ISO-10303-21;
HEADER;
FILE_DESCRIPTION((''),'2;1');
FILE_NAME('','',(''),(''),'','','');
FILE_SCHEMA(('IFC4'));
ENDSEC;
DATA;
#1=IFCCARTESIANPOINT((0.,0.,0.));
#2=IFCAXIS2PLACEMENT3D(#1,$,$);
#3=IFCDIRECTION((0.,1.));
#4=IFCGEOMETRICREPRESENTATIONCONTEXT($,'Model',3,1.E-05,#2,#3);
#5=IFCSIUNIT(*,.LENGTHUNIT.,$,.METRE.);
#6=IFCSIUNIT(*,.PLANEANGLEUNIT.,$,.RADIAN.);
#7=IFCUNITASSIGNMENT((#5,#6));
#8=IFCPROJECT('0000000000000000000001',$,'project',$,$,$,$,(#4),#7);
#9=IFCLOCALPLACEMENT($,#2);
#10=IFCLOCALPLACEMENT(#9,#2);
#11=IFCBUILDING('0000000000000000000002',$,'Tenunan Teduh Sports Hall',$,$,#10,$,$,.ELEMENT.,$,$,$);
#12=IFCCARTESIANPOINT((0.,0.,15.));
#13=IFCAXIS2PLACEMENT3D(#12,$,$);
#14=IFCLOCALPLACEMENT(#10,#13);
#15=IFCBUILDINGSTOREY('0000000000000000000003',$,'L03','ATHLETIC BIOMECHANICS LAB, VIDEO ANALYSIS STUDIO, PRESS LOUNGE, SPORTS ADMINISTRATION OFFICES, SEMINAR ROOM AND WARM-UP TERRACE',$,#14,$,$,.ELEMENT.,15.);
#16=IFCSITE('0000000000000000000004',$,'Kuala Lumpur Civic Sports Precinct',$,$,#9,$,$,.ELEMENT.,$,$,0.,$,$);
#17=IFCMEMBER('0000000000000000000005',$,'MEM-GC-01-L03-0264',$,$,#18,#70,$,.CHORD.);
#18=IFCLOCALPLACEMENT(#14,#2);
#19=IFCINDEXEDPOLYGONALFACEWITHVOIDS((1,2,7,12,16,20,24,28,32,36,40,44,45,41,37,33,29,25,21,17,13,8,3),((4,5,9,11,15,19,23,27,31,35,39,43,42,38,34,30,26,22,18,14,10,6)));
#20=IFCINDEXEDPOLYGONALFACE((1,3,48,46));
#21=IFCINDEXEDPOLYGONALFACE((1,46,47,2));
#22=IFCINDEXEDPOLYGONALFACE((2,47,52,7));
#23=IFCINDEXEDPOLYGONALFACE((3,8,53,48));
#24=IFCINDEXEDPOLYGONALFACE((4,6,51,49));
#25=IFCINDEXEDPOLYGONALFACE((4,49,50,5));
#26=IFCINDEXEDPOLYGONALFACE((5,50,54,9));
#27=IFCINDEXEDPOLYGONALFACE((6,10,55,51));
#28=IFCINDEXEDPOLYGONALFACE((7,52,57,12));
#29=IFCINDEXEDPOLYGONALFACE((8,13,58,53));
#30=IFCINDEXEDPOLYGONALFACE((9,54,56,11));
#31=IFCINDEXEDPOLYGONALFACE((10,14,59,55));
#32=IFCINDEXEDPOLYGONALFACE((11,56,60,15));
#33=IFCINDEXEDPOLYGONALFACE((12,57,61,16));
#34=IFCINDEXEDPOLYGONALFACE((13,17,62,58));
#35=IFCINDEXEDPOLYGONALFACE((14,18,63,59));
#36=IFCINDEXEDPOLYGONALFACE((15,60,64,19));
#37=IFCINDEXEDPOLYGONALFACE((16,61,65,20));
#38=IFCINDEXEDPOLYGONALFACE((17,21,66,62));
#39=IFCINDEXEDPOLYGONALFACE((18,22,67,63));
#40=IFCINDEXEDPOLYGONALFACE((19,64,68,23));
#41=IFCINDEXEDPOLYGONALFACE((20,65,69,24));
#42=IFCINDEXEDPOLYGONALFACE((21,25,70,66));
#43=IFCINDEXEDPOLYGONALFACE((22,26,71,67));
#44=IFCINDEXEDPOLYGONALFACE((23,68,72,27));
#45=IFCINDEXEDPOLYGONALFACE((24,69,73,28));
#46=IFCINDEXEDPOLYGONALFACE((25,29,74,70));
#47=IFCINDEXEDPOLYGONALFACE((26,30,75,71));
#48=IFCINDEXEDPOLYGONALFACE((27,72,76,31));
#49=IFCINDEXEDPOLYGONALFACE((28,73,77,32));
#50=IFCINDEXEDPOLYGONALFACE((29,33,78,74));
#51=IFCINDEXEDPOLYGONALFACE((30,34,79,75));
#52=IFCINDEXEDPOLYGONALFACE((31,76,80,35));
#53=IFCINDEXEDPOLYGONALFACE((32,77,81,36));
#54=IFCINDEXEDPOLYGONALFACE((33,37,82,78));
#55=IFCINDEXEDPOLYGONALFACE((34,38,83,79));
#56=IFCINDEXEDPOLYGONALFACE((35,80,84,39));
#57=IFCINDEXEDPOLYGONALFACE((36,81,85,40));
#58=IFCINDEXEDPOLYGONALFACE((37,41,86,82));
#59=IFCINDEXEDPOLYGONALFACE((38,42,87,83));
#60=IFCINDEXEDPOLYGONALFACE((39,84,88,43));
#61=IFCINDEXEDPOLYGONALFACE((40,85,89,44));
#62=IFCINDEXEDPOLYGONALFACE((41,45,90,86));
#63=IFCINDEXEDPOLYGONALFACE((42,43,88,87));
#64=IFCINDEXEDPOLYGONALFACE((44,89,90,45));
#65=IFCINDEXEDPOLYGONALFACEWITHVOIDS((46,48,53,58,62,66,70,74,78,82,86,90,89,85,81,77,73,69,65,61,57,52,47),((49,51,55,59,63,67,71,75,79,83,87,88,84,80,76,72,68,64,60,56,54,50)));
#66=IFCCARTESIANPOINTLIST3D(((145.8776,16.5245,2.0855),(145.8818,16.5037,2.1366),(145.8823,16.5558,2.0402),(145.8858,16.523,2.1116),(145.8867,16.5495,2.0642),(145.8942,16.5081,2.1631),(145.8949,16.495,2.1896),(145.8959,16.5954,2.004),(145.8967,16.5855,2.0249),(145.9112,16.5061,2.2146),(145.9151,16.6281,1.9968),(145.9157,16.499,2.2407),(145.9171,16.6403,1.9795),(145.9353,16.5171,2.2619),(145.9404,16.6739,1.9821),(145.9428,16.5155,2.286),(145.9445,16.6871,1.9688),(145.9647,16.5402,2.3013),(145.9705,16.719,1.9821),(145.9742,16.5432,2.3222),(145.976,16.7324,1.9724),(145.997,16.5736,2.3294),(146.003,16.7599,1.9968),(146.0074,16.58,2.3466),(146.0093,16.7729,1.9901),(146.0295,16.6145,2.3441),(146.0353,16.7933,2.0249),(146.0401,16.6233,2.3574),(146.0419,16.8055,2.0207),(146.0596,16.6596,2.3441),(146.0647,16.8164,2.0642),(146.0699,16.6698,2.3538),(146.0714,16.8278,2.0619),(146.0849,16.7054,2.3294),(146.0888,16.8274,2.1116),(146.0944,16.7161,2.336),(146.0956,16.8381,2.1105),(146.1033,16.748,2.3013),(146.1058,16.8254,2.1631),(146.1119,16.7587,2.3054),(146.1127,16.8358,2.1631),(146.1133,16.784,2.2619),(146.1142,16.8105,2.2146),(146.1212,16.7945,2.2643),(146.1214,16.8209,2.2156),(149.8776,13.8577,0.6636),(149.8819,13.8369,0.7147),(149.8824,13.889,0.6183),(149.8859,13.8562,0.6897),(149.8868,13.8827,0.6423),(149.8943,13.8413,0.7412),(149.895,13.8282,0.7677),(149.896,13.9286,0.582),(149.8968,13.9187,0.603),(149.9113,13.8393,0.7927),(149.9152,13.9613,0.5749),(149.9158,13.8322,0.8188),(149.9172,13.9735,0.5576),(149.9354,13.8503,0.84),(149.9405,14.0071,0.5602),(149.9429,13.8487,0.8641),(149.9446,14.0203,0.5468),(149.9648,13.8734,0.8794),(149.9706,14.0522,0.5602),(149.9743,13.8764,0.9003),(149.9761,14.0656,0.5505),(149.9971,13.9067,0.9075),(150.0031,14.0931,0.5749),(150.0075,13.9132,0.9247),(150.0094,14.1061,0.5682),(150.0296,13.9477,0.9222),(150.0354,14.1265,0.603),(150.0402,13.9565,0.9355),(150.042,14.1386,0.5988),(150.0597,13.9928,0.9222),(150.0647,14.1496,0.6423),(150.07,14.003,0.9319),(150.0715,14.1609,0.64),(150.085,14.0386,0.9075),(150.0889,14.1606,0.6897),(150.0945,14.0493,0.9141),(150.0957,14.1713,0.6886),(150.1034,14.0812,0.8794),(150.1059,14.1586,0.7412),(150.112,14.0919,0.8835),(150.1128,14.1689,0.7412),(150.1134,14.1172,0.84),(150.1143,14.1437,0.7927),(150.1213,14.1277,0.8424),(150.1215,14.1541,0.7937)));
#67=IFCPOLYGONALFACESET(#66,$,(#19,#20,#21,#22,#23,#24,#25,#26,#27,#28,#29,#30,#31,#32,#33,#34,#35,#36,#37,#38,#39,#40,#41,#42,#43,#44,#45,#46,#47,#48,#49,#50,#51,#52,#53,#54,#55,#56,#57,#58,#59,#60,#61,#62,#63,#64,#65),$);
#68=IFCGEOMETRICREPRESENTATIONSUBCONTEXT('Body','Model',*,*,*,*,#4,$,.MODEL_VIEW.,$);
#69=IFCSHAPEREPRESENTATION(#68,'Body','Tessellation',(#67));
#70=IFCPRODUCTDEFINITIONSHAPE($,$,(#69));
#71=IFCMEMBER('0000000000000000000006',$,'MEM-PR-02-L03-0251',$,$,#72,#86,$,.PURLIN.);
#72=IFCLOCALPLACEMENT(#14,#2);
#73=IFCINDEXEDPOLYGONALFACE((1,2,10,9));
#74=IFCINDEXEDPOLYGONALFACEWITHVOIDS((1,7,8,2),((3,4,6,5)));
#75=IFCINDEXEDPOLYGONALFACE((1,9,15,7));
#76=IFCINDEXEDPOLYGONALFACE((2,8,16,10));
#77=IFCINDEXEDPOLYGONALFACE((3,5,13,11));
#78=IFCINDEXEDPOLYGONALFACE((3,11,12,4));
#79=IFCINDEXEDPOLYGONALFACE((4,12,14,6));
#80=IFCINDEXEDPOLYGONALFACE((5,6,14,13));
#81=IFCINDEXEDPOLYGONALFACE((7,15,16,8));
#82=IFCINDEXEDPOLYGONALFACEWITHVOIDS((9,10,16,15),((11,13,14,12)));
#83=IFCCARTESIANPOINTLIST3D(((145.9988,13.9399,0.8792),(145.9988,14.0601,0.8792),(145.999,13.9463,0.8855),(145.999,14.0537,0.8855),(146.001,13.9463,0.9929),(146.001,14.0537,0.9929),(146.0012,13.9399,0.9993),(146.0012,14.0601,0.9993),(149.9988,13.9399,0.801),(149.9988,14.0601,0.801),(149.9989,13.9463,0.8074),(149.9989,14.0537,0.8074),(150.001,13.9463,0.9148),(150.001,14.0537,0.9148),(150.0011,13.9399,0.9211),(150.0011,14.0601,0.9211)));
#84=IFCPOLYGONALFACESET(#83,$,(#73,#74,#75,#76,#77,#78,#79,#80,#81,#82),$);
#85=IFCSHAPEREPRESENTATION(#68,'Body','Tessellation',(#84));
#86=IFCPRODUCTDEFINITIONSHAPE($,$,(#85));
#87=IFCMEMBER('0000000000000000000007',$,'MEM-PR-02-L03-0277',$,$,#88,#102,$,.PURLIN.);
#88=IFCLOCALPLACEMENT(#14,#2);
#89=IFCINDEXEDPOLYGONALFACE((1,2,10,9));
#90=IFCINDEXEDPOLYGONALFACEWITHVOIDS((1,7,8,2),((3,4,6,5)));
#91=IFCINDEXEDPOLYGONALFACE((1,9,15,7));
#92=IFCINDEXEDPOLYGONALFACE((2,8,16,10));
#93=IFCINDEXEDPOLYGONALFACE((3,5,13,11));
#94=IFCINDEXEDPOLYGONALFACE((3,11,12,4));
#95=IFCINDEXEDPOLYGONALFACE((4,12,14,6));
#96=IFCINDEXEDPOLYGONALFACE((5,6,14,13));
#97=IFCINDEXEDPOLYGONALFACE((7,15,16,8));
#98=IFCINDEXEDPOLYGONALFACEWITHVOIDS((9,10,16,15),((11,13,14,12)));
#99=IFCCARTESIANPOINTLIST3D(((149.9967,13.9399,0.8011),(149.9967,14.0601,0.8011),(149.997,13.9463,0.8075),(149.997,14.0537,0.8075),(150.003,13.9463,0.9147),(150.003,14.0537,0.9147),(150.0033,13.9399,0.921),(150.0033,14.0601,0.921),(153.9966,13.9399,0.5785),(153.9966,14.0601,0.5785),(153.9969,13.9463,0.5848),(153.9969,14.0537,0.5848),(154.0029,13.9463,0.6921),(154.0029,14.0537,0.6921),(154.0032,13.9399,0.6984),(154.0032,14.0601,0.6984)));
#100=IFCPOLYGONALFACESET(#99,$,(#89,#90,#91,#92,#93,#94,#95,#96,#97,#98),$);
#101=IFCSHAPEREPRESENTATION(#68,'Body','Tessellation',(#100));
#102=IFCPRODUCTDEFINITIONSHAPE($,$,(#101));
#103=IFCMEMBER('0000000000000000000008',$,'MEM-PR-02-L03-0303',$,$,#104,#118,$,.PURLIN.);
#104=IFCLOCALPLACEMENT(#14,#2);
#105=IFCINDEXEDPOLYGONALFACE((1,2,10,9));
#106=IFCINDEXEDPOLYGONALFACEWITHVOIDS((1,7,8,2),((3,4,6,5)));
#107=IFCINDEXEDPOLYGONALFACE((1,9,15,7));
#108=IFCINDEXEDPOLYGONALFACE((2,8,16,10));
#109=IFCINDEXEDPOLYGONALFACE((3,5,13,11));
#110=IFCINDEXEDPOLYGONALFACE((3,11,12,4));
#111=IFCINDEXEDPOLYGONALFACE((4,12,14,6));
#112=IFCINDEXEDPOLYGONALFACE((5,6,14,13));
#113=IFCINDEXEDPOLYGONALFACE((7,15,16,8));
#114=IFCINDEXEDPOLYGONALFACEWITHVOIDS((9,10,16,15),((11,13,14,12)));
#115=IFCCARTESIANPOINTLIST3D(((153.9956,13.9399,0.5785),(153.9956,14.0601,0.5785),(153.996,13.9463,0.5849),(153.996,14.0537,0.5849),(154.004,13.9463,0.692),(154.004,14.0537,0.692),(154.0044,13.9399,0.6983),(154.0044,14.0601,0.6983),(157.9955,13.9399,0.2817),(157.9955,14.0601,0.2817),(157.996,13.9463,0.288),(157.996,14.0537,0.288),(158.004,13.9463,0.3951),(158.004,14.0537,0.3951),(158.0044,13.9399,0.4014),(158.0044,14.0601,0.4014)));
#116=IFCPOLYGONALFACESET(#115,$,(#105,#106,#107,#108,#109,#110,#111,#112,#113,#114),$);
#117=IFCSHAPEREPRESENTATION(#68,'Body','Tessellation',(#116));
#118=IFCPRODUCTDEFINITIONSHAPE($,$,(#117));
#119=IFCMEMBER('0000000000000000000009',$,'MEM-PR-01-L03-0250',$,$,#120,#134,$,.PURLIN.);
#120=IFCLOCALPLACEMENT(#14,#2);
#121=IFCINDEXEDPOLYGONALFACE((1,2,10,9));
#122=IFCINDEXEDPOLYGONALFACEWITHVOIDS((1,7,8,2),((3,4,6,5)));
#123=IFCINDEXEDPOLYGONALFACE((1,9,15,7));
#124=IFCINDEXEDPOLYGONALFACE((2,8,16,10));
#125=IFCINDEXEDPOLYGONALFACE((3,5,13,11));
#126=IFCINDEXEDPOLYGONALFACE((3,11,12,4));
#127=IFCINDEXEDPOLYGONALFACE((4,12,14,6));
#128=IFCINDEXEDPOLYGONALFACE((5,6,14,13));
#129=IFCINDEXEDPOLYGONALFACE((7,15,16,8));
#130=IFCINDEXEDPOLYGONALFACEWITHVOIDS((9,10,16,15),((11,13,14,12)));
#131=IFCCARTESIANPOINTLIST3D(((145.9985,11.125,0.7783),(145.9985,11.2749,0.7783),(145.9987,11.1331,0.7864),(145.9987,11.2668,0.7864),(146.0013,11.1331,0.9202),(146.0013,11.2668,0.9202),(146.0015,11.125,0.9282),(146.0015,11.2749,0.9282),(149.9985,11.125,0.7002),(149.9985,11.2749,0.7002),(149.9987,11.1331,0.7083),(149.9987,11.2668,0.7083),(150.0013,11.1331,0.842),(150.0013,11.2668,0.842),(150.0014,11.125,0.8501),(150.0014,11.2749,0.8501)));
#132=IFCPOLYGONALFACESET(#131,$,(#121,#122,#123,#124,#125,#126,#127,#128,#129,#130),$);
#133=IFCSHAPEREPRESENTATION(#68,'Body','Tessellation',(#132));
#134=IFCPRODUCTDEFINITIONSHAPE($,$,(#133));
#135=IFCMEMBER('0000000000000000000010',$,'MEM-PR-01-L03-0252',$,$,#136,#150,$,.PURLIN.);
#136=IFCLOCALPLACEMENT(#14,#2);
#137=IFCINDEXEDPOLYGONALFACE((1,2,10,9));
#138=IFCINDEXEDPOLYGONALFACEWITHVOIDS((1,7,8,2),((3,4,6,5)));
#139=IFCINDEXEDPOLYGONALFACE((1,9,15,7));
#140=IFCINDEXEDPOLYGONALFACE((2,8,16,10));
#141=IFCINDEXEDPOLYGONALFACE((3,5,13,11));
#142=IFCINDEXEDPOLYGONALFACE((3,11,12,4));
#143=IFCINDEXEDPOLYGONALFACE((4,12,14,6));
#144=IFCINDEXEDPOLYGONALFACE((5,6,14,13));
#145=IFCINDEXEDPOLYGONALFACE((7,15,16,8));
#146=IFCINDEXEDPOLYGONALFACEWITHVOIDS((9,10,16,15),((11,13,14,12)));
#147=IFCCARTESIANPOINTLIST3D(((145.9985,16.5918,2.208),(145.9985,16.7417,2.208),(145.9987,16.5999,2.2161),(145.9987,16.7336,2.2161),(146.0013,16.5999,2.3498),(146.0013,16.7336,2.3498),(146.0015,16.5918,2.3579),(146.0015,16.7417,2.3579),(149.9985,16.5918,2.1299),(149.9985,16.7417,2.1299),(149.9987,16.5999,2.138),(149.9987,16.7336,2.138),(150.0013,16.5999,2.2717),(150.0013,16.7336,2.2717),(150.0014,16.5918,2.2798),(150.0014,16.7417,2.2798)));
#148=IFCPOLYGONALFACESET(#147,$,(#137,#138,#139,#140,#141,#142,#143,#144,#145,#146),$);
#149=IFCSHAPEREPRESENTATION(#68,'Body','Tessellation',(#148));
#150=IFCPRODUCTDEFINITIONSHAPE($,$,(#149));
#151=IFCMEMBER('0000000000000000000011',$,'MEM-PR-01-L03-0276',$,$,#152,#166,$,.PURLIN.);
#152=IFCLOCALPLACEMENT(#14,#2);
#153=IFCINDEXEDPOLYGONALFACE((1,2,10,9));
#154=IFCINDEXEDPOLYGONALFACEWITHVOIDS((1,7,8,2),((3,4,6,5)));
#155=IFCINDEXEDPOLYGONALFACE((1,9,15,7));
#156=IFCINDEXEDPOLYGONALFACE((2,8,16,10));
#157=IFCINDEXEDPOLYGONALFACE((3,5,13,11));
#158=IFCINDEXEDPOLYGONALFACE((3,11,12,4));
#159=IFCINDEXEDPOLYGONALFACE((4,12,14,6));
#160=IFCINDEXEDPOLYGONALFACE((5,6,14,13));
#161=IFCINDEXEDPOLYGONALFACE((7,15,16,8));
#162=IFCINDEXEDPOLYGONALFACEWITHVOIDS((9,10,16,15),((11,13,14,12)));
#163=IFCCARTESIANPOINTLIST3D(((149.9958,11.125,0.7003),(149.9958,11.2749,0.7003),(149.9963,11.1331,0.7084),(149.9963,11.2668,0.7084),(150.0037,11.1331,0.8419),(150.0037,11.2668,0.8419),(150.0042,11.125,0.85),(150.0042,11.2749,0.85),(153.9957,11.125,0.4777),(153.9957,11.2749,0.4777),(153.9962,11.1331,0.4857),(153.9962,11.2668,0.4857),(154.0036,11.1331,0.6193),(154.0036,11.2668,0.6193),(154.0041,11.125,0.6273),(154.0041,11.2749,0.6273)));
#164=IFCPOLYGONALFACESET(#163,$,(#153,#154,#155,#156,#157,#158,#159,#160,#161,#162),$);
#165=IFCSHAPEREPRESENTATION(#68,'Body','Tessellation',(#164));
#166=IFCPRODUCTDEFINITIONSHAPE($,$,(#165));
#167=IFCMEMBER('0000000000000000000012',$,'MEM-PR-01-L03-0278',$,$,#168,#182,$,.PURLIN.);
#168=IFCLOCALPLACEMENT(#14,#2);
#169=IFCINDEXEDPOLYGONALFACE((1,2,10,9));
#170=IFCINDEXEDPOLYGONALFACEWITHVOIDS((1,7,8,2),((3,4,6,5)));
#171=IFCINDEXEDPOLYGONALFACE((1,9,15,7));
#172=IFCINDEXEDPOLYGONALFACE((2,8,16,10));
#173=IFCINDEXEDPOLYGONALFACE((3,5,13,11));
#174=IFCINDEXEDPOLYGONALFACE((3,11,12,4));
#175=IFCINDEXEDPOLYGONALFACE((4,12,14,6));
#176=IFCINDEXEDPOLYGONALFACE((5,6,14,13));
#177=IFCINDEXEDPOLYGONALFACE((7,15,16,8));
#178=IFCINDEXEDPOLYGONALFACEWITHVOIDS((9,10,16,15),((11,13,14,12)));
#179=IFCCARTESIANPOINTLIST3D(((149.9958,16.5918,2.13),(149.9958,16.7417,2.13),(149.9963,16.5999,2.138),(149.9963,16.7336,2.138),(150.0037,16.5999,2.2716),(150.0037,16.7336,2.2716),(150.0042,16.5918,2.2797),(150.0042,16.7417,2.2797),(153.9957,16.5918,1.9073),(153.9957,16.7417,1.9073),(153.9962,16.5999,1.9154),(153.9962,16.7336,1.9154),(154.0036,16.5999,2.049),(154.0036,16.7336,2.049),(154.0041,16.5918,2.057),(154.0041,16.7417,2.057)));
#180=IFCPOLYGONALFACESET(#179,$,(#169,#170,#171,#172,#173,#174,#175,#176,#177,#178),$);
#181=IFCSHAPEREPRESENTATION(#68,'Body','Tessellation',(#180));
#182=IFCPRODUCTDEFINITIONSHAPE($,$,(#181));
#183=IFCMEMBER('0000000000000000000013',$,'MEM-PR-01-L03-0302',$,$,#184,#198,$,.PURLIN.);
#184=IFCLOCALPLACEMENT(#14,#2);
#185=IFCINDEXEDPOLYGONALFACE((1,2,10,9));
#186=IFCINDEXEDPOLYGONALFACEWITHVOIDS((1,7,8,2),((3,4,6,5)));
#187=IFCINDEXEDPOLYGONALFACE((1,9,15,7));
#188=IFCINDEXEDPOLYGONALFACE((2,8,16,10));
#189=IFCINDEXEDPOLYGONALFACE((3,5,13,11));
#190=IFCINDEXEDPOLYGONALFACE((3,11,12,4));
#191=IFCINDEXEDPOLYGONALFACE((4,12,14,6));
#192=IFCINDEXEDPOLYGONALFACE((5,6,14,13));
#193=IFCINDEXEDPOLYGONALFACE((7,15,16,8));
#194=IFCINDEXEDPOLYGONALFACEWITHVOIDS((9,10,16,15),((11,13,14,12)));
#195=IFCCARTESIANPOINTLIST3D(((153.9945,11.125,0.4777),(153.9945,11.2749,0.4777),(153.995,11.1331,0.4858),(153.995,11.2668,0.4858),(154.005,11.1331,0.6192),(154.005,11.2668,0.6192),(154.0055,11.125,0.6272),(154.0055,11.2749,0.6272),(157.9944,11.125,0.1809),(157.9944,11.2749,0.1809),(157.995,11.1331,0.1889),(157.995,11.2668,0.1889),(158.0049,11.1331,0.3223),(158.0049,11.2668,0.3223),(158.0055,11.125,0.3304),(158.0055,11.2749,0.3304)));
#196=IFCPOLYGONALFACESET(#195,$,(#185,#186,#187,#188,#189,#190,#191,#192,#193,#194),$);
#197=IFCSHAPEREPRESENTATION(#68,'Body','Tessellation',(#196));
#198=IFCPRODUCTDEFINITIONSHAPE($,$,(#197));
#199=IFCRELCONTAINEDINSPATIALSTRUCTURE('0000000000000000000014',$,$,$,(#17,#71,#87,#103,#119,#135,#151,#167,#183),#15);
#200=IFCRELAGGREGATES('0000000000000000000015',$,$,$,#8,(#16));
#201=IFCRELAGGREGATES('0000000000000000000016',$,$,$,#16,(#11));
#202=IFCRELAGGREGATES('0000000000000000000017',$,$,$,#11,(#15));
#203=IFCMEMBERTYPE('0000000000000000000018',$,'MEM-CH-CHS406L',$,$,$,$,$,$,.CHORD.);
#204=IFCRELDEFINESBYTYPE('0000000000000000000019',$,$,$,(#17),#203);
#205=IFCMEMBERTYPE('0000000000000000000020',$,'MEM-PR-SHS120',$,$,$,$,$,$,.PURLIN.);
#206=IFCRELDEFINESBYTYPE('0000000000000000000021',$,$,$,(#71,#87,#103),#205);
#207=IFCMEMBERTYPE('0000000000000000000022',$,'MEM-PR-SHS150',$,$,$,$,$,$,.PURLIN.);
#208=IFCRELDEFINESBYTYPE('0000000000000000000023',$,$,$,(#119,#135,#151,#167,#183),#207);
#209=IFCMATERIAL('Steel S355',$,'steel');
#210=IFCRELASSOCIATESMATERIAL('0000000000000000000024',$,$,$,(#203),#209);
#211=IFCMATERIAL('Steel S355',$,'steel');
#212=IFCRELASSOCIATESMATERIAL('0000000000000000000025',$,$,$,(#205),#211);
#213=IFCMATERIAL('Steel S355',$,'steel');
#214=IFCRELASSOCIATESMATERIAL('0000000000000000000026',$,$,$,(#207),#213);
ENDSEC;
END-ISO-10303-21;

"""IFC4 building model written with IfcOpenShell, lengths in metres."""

from ifc_helpers import new_model, si_unit, direction, frame, origin, origin_2d, place, context, subcontext, project, spatial, hollow_rectangle, hollow_circle, extrude, material, material_profile, profile_set, type_object, element, save


model = new_model("IFC4")

# Units and contexts
model_context = context("Model", 3, precision=1e-05, world=origin(), true_north=direction((0.0, 1.0)))
body_context = subcontext(model_context, "Body", "Model", "MODEL_VIEW")
ifc_project = project(units=[si_unit("LENGTHUNIT", "METRE"), si_unit("PLANEANGLEUNIT", "RADIAN")], contexts=[model_context])

# Site, building, storey
site_placement = place(None, origin())
site = spatial("IfcSite", under=ifc_project, at=site_placement, Name="Kuala Lumpur Civic Sports Precinct", CompositionType="ELEMENT", RefElevation=0.0)
building_placement = place(site_placement, origin())
building = spatial("IfcBuilding", under=site, at=building_placement, Name="Tenunan Teduh Sports Hall", CompositionType="ELEMENT")
storey_placement = place(building_placement, frame((0.0, 0.0, 15.0)))
storey = spatial("IfcBuildingStorey", under=building, at=storey_placement, Name="L03", Description="ATHLETIC BIOMECHANICS LAB, VIDEO ANALYSIS STUDIO, PRESS LOUNGE, SPORTS ADMINISTRATION OFFICES, SEMINAR ROOM AND WARM-UP TERRACE", CompositionType="ELEMENT", Elevation=15.0)

# Members
ifc_material_1 = material(Name="Steel S355", Category="steel")
ifc_material_profile_1 = material_profile(ifc_material_1, hollow_circle(Radius=0.2031, WallThickness=0.0125, at=origin_2d()), Name="CHS 406.4x12.5")
ifc_profile_set_1 = profile_set([ifc_material_profile_1], Name="Steel S355")
member_type_1 = type_object("IfcMemberType", Name="MEM-CH-CHS406L", PredefinedType="CHORD", material=ifc_profile_set_1)
member_1_placement = place(storey_placement, frame((146.0, 16.6667, 2.1631), z_axis=(0.797876, -0.531934, -0.28362), x_axis=(0.554712, 0.832042, 0.0)))
element("IfcMember", 1, at=member_1_placement, inside=storey, type_object=member_type_1, Name="MEM-GC-01-L03-0264", PredefinedType="CHORD", context=body_context, shape_type="SweptSolid", body=[
    extrude(hollow_circle(Radius=0.2031, WallThickness=0.0125, at=origin_2d()), origin(), (0.0, 0.0, 1.0), 5.0134),
])
ifc_material_2 = material(Name="Steel S355", Category="steel")
ifc_material_profile_2 = material_profile(ifc_material_2, hollow_rectangle(XDim=0.1201, YDim=0.1201, WallThickness=0.0063, at=origin_2d()), Name="SHS 120x120x6.3")
ifc_profile_set_2 = profile_set([ifc_material_profile_2], Name="Steel S355")
member_type_2 = type_object("IfcMemberType", Name="MEM-PR-SHS120", PredefinedType="PURLIN", material=ifc_profile_set_2)
member_2_placement = place(storey_placement, frame((146.0, 14.0, 0.9392), z_axis=(0.999809, 0.0, -0.019528), x_axis=(0.0, 1.0, 0.0)))
element("IfcMember", 2, at=member_2_placement, inside=storey, type_object=member_type_2, Name="MEM-PR-02-L03-0251", PredefinedType="PURLIN", context=body_context, shape_type="SweptSolid", body=[
    extrude(hollow_rectangle(XDim=0.1201, YDim=0.1201, WallThickness=0.0063, at=origin_2d()), origin(), (0.0, 0.0, 1.0), 4.0007),
])
member_3_placement = place(storey_placement, frame((150.0, 14.0, 0.8611), z_axis=(0.998454, 0.0, -0.055578), x_axis=(0.0, 1.0, 0.0)))
element("IfcMember", 3, at=member_3_placement, inside=storey, type_object=member_type_2, Name="MEM-PR-02-L03-0277", PredefinedType="PURLIN", context=body_context, shape_type="SweptSolid", body=[
    extrude(hollow_rectangle(XDim=0.1201, YDim=0.1201, WallThickness=0.0063, at=origin_2d()), origin(), (0.0, 0.0, 1.0), 4.0061),
])
member_4_placement = place(storey_placement, frame((154.0, 14.0, 0.6384), z_axis=(0.997257, 0.0, -0.074015), x_axis=(0.0, 1.0, 0.0)))
element("IfcMember", 4, at=member_4_placement, inside=storey, type_object=member_type_2, Name="MEM-PR-02-L03-0303", PredefinedType="PURLIN", context=body_context, shape_type="SweptSolid", body=[
    extrude(hollow_rectangle(XDim=0.1201, YDim=0.1201, WallThickness=0.0063, at=origin_2d()), origin(), (0.0, 0.0, 1.0), 4.011),
])
ifc_material_3 = material(Name="Steel S355", Category="steel")
ifc_material_profile_3 = material_profile(ifc_material_3, hollow_rectangle(XDim=0.1499, YDim=0.1499, WallThickness=0.0081, at=origin_2d()), Name="SHS 150x150x8.0")
ifc_profile_set_3 = profile_set([ifc_material_profile_3], Name="Steel S355")
member_type_3 = type_object("IfcMemberType", Name="MEM-PR-SHS150", PredefinedType="PURLIN", material=ifc_profile_set_3)
for number, where, z_axis, x_axis, name in (
    (5, (146.0, 11.2, 0.8533), (0.999809, 0.0, -0.019528), (0.0, 1.0, 0.0), "MEM-PR-01-L03-0250"),
    (6, (146.0, 16.6667, 2.283), (0.999809, 0.0, -0.019528), (0.0, 1.0, 0.0), "MEM-PR-01-L03-0252"),
):
    element("IfcMember", number, at=place(storey_placement, frame(where, z_axis=z_axis, x_axis=x_axis)), inside=storey, type_object=member_type_3, Name=name, PredefinedType="PURLIN", context=body_context, shape_type="SweptSolid", body=[
        extrude(hollow_rectangle(XDim=0.1499, YDim=0.1499, WallThickness=0.0081, at=origin_2d()), origin(), (0.0, 0.0, 1.0), 4.0007),
    ])
for number, where, z_axis, x_axis, name in (
    (7, (150.0, 11.2, 0.7751), (0.998454, 0.0, -0.055578), (0.0, 1.0, 0.0), "MEM-PR-01-L03-0276"),
    (8, (150.0, 16.6667, 2.2048), (0.998454, 0.0, -0.055578), (0.0, 1.0, 0.0), "MEM-PR-01-L03-0278"),
):
    element("IfcMember", number, at=place(storey_placement, frame(where, z_axis=z_axis, x_axis=x_axis)), inside=storey, type_object=member_type_3, Name=name, PredefinedType="PURLIN", context=body_context, shape_type="SweptSolid", body=[
        extrude(hollow_rectangle(XDim=0.1499, YDim=0.1499, WallThickness=0.0081, at=origin_2d()), origin(), (0.0, 0.0, 1.0), 4.0061),
    ])
for number, where, z_axis, x_axis, name in (
    (9, (154.0, 11.2, 0.5525), (0.997257, 0.0, -0.074015), (0.0, 1.0, 0.0), "MEM-PR-01-L03-0302"),
):
    element("IfcMember", number, at=place(storey_placement, frame(where, z_axis=z_axis, x_axis=x_axis)), inside=storey, type_object=member_type_3, Name=name, PredefinedType="PURLIN", context=body_context, shape_type="SweptSolid", body=[
        extrude(hollow_rectangle(XDim=0.1499, YDim=0.1499, WallThickness=0.0081, at=origin_2d()), origin(), (0.0, 0.0, 1.0), 4.011),
    ])

save(model, "model.ifc")
